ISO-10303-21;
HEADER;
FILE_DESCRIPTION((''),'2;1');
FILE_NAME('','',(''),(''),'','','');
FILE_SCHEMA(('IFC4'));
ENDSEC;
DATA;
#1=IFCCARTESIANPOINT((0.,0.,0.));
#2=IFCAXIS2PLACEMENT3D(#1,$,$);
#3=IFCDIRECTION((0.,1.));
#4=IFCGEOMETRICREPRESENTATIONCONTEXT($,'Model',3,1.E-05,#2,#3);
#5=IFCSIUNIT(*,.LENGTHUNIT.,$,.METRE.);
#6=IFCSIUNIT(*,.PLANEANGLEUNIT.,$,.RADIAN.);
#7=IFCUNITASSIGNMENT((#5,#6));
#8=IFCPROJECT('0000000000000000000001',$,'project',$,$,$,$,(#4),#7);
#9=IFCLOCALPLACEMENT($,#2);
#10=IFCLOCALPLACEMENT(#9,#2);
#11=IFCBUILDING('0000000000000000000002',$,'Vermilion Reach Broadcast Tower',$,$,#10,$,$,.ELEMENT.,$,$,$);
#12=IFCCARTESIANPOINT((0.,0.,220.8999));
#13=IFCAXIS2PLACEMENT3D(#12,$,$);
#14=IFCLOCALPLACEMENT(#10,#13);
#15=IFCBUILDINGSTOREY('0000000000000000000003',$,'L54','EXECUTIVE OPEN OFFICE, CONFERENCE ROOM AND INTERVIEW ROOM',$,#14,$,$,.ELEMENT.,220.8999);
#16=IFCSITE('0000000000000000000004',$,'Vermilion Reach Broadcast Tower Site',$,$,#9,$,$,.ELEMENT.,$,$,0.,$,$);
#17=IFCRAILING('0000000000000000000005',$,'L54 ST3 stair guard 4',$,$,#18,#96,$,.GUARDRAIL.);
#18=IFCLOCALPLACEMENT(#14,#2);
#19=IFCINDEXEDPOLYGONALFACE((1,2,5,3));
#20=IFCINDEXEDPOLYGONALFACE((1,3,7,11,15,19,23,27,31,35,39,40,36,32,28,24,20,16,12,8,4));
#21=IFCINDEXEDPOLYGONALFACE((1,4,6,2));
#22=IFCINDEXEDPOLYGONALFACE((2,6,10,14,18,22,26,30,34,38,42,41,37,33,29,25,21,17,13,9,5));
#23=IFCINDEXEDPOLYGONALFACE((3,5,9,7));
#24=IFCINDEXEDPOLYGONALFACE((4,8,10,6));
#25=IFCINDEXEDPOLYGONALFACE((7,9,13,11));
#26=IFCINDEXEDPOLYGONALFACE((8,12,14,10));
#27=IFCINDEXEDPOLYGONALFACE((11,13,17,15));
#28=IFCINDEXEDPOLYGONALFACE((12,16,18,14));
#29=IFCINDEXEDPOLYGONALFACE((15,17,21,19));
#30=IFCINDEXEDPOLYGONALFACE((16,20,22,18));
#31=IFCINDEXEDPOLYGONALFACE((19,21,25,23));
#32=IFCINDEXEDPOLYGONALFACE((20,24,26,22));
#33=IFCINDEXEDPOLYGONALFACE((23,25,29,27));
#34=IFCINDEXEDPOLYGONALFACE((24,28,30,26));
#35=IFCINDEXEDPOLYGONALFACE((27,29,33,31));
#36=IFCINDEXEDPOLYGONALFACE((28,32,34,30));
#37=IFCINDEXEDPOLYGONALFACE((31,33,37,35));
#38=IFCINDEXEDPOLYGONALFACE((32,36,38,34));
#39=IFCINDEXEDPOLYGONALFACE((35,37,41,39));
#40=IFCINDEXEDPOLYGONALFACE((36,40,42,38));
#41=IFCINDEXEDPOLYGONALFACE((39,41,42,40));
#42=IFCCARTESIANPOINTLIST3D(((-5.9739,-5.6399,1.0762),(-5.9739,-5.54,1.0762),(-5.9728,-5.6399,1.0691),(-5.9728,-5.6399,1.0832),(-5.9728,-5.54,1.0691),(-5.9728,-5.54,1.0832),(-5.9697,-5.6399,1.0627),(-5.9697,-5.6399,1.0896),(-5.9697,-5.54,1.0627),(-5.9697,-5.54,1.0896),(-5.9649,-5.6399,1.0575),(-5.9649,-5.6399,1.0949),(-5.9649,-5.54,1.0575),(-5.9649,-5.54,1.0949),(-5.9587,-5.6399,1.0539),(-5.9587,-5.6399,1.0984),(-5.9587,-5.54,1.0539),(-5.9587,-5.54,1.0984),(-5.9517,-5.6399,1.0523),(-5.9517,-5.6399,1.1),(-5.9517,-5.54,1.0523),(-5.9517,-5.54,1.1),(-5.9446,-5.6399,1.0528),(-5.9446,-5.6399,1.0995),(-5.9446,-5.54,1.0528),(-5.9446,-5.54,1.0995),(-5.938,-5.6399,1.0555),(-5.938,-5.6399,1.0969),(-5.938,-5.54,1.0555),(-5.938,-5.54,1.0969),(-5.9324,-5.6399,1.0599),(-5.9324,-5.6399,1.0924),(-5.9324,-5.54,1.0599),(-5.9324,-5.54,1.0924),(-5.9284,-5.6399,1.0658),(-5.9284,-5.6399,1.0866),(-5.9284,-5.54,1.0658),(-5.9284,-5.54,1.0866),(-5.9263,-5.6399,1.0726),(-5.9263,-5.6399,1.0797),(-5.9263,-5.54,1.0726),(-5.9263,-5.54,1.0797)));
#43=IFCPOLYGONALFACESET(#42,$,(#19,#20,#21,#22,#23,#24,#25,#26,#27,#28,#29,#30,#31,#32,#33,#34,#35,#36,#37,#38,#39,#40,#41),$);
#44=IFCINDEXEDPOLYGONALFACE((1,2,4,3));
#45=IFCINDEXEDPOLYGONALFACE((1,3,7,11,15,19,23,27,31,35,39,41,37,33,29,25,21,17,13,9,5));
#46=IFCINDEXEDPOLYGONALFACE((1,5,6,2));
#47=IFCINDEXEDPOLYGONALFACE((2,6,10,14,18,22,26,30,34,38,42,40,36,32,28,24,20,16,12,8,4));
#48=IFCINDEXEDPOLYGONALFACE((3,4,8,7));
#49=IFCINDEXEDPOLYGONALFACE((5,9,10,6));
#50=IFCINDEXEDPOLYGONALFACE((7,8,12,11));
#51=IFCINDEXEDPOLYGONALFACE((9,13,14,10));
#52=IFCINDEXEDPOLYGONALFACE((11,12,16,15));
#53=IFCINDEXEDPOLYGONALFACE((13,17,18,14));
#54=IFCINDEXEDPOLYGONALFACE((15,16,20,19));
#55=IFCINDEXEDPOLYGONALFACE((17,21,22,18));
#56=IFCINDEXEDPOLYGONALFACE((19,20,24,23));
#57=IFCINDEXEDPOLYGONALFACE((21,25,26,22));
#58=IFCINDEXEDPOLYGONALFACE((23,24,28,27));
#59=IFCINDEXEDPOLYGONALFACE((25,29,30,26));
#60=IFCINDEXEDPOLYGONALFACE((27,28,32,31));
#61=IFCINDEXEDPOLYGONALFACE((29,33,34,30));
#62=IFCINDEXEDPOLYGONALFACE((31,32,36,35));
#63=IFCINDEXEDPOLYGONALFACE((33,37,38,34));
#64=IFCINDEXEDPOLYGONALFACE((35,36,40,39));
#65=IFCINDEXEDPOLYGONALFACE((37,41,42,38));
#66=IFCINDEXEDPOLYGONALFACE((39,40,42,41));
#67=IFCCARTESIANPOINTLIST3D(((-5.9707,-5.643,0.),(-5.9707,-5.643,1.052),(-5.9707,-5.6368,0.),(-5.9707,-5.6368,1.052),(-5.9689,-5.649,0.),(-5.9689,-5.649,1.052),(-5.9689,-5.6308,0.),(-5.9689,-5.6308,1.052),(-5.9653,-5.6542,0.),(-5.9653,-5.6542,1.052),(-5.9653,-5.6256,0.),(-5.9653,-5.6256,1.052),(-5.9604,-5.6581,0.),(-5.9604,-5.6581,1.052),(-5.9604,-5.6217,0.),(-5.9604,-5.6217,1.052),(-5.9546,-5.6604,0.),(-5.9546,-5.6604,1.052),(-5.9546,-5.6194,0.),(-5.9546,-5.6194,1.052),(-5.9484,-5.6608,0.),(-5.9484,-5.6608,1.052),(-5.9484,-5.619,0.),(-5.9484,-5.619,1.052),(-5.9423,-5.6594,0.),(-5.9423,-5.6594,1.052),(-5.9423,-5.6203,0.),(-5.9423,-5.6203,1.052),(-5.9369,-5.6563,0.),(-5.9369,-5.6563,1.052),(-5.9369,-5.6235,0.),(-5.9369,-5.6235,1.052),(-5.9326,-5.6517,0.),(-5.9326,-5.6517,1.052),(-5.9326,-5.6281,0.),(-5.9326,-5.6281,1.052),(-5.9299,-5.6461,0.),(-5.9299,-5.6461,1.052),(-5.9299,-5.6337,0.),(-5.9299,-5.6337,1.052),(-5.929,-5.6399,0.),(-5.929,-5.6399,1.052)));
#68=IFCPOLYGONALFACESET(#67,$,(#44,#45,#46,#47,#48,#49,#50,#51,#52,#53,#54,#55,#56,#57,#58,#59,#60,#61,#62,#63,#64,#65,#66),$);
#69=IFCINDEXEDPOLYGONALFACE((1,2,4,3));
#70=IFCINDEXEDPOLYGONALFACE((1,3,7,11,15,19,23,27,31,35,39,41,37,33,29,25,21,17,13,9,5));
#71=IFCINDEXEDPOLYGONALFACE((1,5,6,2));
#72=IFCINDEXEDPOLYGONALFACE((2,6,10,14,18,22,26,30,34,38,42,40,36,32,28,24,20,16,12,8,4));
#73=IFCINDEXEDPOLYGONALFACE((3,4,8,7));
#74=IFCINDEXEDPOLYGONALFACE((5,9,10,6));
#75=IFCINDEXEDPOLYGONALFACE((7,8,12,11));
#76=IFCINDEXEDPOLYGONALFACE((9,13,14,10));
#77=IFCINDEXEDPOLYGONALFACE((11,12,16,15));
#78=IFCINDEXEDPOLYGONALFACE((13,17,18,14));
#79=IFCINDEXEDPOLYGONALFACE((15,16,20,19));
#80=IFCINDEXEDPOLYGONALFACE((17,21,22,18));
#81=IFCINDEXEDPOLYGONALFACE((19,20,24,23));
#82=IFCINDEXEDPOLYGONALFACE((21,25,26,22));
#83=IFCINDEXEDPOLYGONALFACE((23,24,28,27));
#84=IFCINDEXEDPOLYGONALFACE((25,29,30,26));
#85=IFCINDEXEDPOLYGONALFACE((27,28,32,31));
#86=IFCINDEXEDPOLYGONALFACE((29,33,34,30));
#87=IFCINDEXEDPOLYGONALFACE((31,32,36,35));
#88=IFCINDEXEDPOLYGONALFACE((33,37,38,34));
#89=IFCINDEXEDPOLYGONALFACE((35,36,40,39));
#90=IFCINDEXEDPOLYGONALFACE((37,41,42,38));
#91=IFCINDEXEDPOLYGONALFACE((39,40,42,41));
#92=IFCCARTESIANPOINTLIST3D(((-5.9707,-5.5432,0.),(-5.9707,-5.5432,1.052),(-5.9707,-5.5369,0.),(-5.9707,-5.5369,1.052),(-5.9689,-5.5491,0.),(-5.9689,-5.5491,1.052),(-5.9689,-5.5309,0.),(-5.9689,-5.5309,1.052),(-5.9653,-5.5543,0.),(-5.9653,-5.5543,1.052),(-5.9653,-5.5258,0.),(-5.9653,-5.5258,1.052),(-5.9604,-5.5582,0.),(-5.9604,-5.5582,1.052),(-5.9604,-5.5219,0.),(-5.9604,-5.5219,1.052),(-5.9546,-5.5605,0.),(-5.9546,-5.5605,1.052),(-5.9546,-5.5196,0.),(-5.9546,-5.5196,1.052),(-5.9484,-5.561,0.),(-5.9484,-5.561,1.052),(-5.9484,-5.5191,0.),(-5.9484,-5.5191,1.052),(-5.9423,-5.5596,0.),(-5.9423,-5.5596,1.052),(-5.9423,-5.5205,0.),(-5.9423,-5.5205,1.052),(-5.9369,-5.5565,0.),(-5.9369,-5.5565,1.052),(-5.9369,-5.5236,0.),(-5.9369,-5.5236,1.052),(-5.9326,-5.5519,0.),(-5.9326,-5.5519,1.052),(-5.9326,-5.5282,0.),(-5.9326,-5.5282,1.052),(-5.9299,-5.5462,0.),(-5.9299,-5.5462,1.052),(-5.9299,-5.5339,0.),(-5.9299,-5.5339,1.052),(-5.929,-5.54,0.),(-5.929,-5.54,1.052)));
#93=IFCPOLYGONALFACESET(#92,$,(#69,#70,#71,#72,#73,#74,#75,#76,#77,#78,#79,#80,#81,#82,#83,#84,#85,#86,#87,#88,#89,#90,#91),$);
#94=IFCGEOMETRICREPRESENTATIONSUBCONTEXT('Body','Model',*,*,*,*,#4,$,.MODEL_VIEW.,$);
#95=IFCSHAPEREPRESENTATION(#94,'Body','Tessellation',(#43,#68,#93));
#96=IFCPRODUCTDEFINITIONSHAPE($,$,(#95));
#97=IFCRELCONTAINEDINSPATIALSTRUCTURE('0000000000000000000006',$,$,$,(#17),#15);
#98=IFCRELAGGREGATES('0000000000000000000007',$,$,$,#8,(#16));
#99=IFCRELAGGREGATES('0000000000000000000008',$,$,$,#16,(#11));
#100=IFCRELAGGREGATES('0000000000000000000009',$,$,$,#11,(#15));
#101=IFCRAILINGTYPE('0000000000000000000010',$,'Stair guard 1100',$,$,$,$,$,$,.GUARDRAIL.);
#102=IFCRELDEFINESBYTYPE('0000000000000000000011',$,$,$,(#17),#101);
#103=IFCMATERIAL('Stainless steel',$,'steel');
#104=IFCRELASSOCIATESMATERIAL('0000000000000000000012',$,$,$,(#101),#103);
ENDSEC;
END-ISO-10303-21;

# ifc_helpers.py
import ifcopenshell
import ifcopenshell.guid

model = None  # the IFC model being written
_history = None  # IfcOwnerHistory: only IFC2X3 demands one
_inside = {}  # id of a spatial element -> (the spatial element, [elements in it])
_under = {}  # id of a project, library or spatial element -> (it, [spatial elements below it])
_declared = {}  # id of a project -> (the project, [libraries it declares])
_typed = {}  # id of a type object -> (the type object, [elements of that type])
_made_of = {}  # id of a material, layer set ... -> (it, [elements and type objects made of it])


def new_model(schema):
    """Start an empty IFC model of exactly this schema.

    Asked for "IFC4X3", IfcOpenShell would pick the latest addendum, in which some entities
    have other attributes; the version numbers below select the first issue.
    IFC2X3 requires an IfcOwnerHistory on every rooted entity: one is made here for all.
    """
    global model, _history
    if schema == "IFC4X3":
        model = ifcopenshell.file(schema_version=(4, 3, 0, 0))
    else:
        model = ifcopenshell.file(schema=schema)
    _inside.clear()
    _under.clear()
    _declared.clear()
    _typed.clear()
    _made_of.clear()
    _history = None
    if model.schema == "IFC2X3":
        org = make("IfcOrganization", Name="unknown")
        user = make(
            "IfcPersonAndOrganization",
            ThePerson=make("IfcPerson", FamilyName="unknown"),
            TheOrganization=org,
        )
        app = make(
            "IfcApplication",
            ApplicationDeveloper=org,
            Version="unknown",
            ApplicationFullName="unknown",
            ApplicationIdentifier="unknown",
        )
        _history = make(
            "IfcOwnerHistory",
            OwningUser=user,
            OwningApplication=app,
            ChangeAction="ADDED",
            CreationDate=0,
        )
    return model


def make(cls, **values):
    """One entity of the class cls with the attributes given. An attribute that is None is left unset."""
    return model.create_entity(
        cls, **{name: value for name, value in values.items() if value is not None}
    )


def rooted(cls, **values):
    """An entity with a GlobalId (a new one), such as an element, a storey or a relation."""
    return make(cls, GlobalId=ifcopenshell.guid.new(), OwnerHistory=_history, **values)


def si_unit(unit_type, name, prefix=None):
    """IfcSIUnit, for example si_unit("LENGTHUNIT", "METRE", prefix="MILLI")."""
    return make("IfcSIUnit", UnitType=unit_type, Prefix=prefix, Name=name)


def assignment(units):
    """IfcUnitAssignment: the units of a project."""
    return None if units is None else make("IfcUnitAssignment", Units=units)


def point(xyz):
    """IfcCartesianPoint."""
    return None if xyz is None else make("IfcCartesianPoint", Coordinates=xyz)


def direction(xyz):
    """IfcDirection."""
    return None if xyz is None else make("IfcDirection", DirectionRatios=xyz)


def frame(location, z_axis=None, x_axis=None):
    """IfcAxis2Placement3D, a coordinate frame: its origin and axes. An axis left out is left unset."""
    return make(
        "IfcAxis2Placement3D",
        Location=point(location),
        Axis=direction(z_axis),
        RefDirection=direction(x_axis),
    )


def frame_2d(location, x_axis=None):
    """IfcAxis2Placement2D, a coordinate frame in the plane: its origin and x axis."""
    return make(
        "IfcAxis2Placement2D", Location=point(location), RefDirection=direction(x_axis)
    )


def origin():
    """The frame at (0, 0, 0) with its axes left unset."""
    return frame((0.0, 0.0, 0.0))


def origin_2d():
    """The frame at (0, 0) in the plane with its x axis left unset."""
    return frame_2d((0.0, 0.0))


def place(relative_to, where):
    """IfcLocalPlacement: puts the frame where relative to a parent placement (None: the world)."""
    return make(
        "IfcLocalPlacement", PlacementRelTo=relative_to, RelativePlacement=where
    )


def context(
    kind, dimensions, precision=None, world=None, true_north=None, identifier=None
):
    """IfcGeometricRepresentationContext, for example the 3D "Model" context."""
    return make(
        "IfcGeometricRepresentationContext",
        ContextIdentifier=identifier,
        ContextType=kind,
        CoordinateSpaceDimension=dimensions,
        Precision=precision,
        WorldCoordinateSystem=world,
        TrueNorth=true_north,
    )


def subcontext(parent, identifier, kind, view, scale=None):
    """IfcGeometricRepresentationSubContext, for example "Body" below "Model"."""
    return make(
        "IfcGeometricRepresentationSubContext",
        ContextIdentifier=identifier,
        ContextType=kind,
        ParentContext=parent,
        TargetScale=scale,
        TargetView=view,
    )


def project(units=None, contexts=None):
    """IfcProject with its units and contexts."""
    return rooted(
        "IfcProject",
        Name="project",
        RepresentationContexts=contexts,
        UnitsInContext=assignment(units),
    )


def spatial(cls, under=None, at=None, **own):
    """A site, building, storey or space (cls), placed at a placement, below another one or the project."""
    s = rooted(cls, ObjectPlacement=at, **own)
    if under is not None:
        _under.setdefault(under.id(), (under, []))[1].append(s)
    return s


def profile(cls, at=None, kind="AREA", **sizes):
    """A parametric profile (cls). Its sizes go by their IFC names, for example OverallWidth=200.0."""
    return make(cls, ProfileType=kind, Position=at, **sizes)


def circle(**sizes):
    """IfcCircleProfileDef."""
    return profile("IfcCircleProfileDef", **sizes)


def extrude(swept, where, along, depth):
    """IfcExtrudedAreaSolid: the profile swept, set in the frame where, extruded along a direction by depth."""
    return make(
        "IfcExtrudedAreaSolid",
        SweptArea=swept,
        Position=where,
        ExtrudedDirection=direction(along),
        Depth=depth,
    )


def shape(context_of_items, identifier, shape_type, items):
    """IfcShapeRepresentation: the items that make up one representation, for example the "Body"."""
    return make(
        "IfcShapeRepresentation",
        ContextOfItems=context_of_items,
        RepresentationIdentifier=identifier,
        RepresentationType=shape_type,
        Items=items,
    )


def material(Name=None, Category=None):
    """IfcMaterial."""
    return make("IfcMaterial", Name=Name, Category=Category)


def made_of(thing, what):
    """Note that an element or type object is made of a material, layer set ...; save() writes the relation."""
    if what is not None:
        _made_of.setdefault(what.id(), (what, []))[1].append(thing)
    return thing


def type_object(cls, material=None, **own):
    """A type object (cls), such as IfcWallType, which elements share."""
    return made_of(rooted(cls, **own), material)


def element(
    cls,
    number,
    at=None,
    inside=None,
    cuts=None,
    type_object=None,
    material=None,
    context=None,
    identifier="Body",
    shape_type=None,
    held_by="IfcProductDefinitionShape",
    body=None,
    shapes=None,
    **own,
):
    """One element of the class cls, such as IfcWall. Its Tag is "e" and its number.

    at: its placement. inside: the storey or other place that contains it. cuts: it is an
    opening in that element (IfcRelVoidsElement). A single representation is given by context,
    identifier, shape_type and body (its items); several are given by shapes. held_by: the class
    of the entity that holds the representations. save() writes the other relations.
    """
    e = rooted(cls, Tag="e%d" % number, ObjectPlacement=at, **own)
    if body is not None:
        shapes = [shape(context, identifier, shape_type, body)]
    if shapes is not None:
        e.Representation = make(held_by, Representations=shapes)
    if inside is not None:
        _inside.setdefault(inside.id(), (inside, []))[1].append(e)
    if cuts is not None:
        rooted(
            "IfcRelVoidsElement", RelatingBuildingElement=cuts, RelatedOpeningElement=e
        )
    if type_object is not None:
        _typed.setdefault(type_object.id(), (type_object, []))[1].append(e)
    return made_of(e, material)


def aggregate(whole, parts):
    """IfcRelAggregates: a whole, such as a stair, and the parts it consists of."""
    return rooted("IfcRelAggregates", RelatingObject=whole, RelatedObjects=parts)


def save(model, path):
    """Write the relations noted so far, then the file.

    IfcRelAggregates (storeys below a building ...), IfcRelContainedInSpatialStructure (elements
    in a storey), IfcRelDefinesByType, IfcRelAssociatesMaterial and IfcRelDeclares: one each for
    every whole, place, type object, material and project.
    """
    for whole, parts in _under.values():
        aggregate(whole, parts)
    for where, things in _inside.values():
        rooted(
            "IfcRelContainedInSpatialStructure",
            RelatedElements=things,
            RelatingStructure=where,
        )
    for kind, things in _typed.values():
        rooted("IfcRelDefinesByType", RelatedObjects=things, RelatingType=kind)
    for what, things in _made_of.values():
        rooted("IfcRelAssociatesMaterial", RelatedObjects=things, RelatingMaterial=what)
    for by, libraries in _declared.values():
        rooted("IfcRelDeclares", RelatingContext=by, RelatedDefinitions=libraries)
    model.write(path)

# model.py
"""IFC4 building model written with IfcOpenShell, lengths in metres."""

from ifc_helpers import new_model, si_unit, direction, frame, origin, origin_2d, place, context, subcontext, project, spatial, circle, extrude, material, type_object, element, save


model = new_model("IFC4")

# Units and contexts
model_context = context("Model", 3, precision=1e-05, world=origin(), true_north=direction((0.0, 1.0)))
body_context = subcontext(model_context, "Body", "Model", "MODEL_VIEW")
ifc_project = project(units=[si_unit("LENGTHUNIT", "METRE"), si_unit("PLANEANGLEUNIT", "RADIAN")], contexts=[model_context])

# Site, building, storey
site_placement = place(None, origin())
site = spatial("IfcSite", under=ifc_project, at=site_placement, Name="Vermilion Reach Broadcast Tower Site", CompositionType="ELEMENT", RefElevation=0.0)
building_placement = place(site_placement, origin())
building = spatial("IfcBuilding", under=site, at=building_placement, Name="Vermilion Reach Broadcast Tower", CompositionType="ELEMENT")
storey_placement = place(building_placement, frame((0.0, 0.0, 220.8999)))
storey = spatial("IfcBuildingStorey", under=building, at=storey_placement, Name="L54", Description="EXECUTIVE OPEN OFFICE, CONFERENCE ROOM AND INTERVIEW ROOM", CompositionType="ELEMENT", Elevation=220.8999)

# Railing
ifc_material_1 = material(Name="Stainless steel", Category="steel")
railing_type_1 = type_object("IfcRailingType", Name="Stair guard 1100", PredefinedType="GUARDRAIL", material=ifc_material_1)
railing_1_placement = place(storey_placement, frame((-5.95, -5.6399, 0.0)))
element("IfcRailing", 1, at=railing_1_placement, inside=storey, type_object=railing_type_1, Name="L54 ST3 stair guard 4", PredefinedType="GUARDRAIL", context=body_context, shape_type="SweptSolid", body=[
    extrude(circle(Radius=0.0239, at=origin_2d()), frame((0.0, 0.0, 1.0762), z_axis=(0.0, 1.0, 0.0), x_axis=(-1.0, 0.0, 0.0)), (0.0, 0.0, 1.0), 0.0999),
    extrude(circle(Radius=0.021, at=origin_2d()), origin(), (0.0, 0.0, 1.0), 1.052),
    extrude(circle(Radius=0.021, at=origin_2d()), frame((0.0, 0.0999, 0.0)), (0.0, 0.0, 1.0), 1.052),
])

save(model, "model.ifc")
